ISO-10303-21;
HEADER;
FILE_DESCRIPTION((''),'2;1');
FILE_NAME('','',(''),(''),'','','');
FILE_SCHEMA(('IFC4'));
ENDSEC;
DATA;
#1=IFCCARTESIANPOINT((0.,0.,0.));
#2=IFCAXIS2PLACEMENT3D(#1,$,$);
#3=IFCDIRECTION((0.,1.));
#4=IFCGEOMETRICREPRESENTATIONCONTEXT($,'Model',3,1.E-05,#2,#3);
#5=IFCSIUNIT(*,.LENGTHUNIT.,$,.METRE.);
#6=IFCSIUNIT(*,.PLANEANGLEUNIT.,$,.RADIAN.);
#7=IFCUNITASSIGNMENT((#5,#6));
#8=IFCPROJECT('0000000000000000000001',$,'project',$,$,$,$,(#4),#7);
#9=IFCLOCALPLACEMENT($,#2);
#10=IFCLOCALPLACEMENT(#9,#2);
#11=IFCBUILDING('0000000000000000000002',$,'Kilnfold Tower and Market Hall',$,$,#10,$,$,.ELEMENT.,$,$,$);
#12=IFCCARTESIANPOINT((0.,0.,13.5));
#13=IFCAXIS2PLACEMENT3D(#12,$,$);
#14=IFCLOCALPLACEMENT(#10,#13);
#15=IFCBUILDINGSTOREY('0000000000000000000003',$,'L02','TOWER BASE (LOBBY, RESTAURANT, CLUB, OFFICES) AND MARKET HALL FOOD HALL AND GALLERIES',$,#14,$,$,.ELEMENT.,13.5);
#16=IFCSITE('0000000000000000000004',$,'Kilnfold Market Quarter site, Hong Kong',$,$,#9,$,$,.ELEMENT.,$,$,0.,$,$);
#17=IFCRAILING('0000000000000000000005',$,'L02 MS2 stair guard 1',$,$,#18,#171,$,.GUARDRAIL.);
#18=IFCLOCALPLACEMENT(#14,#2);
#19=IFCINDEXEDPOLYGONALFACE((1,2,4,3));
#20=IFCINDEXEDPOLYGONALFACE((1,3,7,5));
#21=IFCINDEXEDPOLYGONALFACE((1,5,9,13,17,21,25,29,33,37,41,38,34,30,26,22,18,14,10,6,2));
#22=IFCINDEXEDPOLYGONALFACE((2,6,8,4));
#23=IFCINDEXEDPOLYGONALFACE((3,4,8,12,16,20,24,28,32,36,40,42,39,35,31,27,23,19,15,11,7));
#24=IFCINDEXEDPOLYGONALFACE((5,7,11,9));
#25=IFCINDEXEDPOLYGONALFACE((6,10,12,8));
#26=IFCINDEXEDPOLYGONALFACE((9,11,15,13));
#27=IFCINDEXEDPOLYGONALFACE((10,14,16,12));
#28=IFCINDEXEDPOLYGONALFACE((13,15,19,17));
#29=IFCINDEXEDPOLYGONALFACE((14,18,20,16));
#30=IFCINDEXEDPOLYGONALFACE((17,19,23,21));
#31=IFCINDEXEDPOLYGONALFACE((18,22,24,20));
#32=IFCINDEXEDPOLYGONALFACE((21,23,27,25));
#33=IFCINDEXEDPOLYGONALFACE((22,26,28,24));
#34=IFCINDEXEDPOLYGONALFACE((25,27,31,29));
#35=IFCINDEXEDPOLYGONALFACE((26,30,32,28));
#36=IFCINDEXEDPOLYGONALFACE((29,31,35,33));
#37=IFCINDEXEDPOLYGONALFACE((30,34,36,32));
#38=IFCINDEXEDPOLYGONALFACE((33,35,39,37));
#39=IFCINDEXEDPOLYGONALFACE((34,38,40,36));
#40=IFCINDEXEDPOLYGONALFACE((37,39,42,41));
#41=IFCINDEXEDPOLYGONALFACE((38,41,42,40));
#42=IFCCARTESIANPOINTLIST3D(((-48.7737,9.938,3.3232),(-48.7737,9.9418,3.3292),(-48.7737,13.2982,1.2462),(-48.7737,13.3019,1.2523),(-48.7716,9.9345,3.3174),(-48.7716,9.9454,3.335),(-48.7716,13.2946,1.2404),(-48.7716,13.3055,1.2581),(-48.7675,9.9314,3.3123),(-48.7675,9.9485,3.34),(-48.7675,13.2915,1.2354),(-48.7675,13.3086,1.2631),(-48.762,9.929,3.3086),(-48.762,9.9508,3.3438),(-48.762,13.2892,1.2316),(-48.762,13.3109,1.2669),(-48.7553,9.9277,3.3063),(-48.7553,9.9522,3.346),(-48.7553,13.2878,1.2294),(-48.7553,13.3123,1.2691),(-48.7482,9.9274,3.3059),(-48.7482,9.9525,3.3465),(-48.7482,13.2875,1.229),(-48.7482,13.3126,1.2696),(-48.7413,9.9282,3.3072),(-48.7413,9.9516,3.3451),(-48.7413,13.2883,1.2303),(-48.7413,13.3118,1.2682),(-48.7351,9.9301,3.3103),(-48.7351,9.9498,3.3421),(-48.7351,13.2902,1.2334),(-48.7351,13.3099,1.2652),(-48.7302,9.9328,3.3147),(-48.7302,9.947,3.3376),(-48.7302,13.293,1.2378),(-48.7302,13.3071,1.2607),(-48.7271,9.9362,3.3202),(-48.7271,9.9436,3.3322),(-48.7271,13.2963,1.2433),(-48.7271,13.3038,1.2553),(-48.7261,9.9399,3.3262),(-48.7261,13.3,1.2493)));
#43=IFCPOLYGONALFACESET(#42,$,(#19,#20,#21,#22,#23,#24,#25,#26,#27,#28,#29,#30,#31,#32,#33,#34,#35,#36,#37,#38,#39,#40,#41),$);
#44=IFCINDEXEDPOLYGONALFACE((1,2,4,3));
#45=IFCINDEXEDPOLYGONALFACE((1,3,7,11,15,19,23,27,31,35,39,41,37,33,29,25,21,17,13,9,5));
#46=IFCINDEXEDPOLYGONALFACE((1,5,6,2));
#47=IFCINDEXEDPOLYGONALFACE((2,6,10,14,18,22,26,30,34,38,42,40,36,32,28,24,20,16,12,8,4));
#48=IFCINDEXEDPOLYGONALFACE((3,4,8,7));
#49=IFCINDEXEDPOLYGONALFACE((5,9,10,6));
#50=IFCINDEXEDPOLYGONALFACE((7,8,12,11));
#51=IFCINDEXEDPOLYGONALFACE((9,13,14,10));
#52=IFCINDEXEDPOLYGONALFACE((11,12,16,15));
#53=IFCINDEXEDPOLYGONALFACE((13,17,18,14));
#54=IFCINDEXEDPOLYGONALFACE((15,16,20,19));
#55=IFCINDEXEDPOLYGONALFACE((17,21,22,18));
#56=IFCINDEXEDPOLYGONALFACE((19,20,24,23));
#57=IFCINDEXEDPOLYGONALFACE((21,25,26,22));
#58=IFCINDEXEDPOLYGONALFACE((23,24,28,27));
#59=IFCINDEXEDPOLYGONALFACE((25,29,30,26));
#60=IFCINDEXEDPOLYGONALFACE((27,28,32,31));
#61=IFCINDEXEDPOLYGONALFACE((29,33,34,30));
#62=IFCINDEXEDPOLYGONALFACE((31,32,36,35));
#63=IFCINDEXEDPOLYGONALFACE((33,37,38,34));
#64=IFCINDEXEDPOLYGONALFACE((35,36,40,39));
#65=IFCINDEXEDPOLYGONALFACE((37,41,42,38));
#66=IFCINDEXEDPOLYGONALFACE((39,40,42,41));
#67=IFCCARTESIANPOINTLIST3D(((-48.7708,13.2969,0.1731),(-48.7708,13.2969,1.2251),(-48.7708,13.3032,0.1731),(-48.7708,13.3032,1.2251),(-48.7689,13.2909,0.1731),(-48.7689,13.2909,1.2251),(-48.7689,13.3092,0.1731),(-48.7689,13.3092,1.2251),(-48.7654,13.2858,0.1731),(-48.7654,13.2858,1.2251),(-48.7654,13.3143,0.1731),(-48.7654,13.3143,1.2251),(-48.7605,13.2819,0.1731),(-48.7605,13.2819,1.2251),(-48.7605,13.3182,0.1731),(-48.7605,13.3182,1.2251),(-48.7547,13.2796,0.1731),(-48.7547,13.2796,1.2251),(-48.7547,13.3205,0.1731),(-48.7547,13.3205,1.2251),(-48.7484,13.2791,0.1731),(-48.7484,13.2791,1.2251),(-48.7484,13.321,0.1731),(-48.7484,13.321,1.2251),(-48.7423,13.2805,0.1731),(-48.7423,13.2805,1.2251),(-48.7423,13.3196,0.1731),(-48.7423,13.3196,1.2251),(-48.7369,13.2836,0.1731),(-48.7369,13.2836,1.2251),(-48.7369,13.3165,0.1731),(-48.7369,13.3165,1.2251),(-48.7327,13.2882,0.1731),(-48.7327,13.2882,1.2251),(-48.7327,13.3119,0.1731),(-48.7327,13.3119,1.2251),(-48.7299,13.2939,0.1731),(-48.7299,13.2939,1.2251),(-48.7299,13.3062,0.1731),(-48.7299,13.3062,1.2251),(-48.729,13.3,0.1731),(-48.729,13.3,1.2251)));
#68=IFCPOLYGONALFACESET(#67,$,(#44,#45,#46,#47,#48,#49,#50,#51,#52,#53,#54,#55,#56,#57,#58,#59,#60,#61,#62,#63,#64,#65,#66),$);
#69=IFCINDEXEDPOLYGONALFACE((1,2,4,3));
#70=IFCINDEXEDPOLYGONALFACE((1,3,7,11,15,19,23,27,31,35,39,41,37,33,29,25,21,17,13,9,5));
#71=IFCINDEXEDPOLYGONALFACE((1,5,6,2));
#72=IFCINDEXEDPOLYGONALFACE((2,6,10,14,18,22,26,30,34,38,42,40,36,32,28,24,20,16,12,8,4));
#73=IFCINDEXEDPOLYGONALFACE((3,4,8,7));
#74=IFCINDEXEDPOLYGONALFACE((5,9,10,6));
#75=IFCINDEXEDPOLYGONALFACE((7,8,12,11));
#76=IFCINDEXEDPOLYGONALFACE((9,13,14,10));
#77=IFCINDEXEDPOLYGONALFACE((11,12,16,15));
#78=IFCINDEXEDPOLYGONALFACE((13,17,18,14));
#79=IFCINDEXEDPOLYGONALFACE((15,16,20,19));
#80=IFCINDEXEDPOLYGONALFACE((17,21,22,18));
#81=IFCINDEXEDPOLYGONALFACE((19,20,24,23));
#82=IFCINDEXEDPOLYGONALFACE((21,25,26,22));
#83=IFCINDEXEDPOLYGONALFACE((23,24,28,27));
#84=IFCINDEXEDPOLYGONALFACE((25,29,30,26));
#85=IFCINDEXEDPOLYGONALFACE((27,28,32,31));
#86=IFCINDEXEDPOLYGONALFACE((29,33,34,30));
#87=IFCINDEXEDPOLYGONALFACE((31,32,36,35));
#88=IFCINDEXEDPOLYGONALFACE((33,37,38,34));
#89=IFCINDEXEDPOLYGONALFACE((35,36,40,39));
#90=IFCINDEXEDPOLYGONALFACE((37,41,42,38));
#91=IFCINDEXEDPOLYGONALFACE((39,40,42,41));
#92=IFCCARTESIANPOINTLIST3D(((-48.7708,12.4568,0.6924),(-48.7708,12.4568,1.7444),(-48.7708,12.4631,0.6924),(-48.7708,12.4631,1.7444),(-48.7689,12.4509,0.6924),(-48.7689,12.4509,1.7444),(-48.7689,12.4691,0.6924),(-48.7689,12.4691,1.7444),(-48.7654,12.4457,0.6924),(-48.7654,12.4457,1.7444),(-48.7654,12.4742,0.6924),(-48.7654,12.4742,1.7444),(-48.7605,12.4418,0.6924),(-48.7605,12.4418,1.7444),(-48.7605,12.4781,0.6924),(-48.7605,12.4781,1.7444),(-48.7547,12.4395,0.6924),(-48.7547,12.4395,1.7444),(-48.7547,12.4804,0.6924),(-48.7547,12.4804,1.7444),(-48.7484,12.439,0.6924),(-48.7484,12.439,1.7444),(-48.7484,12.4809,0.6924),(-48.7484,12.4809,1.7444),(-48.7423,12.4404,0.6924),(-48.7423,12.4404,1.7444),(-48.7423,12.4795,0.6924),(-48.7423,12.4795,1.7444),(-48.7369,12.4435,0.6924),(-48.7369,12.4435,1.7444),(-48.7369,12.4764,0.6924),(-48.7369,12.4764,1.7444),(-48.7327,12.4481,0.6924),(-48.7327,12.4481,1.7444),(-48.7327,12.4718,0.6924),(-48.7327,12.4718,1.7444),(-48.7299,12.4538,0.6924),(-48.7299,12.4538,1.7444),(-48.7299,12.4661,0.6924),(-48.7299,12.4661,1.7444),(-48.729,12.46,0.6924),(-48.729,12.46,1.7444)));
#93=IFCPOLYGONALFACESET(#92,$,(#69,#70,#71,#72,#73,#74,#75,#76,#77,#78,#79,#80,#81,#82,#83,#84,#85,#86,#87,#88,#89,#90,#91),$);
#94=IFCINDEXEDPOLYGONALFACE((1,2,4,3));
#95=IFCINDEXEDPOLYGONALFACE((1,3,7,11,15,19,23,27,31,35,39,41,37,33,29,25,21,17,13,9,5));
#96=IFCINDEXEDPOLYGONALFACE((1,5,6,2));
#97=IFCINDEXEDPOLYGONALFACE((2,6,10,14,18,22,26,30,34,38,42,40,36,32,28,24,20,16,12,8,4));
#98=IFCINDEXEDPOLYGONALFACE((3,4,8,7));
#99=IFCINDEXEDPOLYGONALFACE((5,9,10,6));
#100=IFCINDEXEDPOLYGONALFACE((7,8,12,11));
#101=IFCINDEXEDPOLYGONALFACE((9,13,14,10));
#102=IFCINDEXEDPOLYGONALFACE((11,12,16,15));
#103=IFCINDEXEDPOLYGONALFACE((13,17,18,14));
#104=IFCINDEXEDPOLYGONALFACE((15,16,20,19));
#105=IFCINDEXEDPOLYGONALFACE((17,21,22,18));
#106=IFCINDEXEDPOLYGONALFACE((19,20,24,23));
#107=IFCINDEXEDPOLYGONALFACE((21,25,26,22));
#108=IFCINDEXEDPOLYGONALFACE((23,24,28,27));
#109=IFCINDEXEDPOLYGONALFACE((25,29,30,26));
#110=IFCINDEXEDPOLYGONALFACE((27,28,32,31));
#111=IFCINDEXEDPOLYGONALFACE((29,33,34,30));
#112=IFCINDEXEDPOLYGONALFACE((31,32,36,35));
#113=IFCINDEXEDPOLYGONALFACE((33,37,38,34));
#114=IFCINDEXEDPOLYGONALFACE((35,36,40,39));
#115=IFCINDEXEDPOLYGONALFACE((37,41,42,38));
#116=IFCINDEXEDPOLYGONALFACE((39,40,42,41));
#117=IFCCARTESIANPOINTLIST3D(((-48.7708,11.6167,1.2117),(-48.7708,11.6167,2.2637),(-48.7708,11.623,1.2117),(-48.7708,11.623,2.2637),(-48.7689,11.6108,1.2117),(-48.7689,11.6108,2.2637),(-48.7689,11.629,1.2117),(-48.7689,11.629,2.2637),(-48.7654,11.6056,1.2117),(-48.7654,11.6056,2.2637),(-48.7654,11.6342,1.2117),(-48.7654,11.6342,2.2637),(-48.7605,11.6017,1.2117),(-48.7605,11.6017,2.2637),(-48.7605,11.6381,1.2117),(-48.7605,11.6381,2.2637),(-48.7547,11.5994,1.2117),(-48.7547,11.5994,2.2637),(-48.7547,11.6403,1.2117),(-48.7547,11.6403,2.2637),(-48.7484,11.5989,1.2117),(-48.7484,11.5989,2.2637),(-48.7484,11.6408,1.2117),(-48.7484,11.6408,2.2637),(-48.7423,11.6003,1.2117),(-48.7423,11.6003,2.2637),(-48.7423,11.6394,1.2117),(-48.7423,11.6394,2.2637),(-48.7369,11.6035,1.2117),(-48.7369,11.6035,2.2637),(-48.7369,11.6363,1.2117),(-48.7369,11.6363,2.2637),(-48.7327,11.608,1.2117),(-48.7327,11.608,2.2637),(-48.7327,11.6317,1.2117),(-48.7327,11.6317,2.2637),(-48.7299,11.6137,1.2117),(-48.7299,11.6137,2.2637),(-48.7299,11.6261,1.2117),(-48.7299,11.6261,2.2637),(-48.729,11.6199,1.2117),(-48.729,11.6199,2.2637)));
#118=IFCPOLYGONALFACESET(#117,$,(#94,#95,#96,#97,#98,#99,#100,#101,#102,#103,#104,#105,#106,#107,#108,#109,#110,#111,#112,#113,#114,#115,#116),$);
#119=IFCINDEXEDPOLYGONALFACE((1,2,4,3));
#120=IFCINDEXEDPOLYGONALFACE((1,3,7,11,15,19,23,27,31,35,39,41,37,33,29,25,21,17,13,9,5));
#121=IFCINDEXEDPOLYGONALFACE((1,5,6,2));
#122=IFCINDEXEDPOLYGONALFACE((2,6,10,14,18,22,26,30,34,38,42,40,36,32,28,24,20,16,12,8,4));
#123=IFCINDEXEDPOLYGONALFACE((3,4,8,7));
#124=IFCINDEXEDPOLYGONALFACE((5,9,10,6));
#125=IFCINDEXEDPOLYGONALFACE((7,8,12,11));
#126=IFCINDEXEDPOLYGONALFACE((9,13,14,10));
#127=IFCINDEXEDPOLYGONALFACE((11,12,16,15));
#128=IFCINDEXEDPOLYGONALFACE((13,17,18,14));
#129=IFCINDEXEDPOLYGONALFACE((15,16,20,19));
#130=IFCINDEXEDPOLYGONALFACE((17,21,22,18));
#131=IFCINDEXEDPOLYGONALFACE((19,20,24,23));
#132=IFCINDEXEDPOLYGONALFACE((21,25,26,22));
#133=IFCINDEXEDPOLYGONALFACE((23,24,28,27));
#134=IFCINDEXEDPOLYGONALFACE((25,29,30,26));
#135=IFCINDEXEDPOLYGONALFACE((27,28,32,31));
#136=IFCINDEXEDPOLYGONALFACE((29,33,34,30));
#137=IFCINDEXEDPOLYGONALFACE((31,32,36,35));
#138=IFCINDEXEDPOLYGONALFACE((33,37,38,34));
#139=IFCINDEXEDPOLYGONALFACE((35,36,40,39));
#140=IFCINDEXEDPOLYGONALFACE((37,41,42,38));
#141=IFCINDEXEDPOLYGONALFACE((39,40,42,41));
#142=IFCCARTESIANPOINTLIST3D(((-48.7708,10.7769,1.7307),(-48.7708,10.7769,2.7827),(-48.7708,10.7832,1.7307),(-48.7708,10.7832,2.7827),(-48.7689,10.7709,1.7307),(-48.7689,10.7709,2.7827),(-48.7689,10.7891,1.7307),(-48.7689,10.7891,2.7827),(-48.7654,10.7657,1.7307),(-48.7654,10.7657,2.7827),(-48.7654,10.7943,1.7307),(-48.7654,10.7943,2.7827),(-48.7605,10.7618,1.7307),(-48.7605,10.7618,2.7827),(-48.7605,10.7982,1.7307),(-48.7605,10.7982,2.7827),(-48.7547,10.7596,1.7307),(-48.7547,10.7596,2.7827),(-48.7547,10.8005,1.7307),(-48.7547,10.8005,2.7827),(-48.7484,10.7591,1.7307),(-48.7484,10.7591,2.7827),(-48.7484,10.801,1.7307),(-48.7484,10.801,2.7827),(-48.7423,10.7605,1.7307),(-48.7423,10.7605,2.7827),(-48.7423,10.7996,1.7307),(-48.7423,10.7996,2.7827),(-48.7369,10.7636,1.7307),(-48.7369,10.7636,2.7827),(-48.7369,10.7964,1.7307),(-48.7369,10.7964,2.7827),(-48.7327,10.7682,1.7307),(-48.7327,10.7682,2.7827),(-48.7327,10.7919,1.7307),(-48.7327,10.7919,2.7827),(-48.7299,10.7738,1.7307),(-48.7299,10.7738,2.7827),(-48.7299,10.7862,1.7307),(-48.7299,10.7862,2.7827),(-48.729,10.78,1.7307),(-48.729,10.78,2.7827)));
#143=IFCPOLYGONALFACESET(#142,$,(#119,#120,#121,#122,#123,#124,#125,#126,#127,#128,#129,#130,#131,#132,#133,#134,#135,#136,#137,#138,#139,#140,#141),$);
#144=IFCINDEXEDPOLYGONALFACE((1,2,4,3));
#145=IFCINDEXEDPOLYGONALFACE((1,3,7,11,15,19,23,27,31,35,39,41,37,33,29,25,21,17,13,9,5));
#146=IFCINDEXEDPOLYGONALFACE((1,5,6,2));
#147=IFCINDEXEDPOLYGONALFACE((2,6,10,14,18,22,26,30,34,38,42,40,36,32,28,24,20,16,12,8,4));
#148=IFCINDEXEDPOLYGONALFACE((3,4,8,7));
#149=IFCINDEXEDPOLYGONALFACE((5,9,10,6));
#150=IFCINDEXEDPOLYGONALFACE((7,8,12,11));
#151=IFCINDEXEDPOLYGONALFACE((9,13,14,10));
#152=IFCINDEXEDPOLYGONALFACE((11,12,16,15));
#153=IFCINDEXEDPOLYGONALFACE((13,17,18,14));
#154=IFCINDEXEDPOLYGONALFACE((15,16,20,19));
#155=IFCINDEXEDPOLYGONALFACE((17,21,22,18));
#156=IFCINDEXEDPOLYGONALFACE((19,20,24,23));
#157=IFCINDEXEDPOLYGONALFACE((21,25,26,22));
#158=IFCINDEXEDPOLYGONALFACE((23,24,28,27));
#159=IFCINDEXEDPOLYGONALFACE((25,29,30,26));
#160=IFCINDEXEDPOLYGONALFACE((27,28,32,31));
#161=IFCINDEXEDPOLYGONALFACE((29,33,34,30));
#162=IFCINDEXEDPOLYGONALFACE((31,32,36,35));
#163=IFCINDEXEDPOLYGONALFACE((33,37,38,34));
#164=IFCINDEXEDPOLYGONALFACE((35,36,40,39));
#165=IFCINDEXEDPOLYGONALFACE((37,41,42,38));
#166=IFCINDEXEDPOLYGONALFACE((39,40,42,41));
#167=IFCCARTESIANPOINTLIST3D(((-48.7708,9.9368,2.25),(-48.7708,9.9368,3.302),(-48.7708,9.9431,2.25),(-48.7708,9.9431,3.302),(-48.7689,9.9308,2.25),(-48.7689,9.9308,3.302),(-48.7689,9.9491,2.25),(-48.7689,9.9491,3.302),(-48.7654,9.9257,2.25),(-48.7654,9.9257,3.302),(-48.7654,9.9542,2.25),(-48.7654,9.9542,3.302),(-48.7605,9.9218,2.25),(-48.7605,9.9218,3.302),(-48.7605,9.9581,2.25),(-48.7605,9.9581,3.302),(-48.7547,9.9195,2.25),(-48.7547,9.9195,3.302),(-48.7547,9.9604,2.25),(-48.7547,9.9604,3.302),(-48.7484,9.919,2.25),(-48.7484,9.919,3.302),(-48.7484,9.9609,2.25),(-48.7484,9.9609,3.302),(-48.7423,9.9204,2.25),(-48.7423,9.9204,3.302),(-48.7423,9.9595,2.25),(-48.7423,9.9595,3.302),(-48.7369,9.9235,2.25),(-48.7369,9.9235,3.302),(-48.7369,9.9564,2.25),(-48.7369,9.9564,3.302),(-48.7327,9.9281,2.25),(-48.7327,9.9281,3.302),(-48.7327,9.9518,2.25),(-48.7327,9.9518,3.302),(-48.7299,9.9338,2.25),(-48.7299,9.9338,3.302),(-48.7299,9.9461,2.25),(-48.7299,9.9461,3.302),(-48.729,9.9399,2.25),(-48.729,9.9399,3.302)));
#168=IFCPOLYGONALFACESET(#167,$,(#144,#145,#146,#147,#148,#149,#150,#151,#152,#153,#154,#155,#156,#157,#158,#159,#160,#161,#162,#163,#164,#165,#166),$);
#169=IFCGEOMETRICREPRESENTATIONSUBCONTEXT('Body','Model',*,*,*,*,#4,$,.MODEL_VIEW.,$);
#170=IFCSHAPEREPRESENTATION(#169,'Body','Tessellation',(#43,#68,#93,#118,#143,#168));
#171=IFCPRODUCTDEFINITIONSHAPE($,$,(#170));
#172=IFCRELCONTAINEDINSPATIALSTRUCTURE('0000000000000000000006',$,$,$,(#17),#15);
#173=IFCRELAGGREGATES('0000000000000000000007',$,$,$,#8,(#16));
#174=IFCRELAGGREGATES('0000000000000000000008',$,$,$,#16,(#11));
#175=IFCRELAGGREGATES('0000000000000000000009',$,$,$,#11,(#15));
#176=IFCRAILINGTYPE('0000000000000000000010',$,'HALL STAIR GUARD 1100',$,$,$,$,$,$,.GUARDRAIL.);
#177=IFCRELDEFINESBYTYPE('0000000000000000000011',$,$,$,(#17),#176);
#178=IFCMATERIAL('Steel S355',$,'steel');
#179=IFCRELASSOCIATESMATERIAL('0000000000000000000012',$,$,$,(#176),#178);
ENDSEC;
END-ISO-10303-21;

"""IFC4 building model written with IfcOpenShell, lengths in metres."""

from ifc_helpers import new_model, si_unit, direction, frame, origin, origin_2d, place, context, subcontext, project, spatial, circle, extrude, material, type_object, element, save


model = new_model("IFC4")

# Units and contexts
model_context = context("Model", 3, precision=1e-05, world=origin(), true_north=direction((0.0, 1.0)))
body_context = subcontext(model_context, "Body", "Model", "MODEL_VIEW")
ifc_project = project(units=[si_unit("LENGTHUNIT", "METRE"), si_unit("PLANEANGLEUNIT", "RADIAN")], contexts=[model_context])

# Site, building, storey
site_placement = place(None, origin())
site = spatial("IfcSite", under=ifc_project, at=site_placement, Name="Kilnfold Market Quarter site, Hong Kong", CompositionType="ELEMENT", RefElevation=0.0)
building_placement = place(site_placement, origin())
building = spatial("IfcBuilding", under=site, at=building_placement, Name="Kilnfold Tower and Market Hall", CompositionType="ELEMENT")
storey_placement = place(building_placement, frame((0.0, 0.0, 13.5)))
storey = spatial("IfcBuildingStorey", under=building, at=storey_placement, Name="L02", Description="TOWER BASE (LOBBY, RESTAURANT, CLUB, OFFICES) AND MARKET HALL FOOD HALL AND GALLERIES", CompositionType="ELEMENT", Elevation=13.5)

# Railing
ifc_material_1 = material(Name="Steel S355", Category="steel")
railing_type_1 = type_object("IfcRailingType", Name="HALL STAIR GUARD 1100", PredefinedType="GUARDRAIL", material=ifc_material_1)
railing_1_placement = place(storey_placement, frame((-48.75, 13.3, 0.1731)))
element("IfcRailing", 1, at=railing_1_placement, inside=storey, type_object=railing_type_1, Name="L02 MS2 stair guard 1", PredefinedType="GUARDRAIL", context=body_context, shape_type="SweptSolid", body=[
    extrude(circle(Radius=0.0239, at=origin_2d()), frame((0.0, 0.0, 1.0762), z_axis=(0.0, -0.850623, 0.525776), x_axis=(1.0, 0.0, 0.0)), (0.0, 0.0, 1.0), 3.9502),
    extrude(circle(Radius=0.021, at=origin_2d()), origin(), (0.0, 0.0, 1.0), 1.052),
    extrude(circle(Radius=0.021, at=origin_2d()), frame((0.0, -0.8401, 0.5193)), (0.0, 0.0, 1.0), 1.052),
    extrude(circle(Radius=0.021, at=origin_2d()), frame((0.0, -1.6802, 1.0386)), (0.0, 0.0, 1.0), 1.052),
    extrude(circle(Radius=0.021, at=origin_2d()), frame((0.0, -2.52, 1.5576)), (0.0, 0.0, 1.0), 1.052),
    extrude(circle(Radius=0.021, at=origin_2d()), frame((0.0, -3.3601, 2.0769)), (0.0, 0.0, 1.0), 1.052),
])

save(model, "model.ifc")
